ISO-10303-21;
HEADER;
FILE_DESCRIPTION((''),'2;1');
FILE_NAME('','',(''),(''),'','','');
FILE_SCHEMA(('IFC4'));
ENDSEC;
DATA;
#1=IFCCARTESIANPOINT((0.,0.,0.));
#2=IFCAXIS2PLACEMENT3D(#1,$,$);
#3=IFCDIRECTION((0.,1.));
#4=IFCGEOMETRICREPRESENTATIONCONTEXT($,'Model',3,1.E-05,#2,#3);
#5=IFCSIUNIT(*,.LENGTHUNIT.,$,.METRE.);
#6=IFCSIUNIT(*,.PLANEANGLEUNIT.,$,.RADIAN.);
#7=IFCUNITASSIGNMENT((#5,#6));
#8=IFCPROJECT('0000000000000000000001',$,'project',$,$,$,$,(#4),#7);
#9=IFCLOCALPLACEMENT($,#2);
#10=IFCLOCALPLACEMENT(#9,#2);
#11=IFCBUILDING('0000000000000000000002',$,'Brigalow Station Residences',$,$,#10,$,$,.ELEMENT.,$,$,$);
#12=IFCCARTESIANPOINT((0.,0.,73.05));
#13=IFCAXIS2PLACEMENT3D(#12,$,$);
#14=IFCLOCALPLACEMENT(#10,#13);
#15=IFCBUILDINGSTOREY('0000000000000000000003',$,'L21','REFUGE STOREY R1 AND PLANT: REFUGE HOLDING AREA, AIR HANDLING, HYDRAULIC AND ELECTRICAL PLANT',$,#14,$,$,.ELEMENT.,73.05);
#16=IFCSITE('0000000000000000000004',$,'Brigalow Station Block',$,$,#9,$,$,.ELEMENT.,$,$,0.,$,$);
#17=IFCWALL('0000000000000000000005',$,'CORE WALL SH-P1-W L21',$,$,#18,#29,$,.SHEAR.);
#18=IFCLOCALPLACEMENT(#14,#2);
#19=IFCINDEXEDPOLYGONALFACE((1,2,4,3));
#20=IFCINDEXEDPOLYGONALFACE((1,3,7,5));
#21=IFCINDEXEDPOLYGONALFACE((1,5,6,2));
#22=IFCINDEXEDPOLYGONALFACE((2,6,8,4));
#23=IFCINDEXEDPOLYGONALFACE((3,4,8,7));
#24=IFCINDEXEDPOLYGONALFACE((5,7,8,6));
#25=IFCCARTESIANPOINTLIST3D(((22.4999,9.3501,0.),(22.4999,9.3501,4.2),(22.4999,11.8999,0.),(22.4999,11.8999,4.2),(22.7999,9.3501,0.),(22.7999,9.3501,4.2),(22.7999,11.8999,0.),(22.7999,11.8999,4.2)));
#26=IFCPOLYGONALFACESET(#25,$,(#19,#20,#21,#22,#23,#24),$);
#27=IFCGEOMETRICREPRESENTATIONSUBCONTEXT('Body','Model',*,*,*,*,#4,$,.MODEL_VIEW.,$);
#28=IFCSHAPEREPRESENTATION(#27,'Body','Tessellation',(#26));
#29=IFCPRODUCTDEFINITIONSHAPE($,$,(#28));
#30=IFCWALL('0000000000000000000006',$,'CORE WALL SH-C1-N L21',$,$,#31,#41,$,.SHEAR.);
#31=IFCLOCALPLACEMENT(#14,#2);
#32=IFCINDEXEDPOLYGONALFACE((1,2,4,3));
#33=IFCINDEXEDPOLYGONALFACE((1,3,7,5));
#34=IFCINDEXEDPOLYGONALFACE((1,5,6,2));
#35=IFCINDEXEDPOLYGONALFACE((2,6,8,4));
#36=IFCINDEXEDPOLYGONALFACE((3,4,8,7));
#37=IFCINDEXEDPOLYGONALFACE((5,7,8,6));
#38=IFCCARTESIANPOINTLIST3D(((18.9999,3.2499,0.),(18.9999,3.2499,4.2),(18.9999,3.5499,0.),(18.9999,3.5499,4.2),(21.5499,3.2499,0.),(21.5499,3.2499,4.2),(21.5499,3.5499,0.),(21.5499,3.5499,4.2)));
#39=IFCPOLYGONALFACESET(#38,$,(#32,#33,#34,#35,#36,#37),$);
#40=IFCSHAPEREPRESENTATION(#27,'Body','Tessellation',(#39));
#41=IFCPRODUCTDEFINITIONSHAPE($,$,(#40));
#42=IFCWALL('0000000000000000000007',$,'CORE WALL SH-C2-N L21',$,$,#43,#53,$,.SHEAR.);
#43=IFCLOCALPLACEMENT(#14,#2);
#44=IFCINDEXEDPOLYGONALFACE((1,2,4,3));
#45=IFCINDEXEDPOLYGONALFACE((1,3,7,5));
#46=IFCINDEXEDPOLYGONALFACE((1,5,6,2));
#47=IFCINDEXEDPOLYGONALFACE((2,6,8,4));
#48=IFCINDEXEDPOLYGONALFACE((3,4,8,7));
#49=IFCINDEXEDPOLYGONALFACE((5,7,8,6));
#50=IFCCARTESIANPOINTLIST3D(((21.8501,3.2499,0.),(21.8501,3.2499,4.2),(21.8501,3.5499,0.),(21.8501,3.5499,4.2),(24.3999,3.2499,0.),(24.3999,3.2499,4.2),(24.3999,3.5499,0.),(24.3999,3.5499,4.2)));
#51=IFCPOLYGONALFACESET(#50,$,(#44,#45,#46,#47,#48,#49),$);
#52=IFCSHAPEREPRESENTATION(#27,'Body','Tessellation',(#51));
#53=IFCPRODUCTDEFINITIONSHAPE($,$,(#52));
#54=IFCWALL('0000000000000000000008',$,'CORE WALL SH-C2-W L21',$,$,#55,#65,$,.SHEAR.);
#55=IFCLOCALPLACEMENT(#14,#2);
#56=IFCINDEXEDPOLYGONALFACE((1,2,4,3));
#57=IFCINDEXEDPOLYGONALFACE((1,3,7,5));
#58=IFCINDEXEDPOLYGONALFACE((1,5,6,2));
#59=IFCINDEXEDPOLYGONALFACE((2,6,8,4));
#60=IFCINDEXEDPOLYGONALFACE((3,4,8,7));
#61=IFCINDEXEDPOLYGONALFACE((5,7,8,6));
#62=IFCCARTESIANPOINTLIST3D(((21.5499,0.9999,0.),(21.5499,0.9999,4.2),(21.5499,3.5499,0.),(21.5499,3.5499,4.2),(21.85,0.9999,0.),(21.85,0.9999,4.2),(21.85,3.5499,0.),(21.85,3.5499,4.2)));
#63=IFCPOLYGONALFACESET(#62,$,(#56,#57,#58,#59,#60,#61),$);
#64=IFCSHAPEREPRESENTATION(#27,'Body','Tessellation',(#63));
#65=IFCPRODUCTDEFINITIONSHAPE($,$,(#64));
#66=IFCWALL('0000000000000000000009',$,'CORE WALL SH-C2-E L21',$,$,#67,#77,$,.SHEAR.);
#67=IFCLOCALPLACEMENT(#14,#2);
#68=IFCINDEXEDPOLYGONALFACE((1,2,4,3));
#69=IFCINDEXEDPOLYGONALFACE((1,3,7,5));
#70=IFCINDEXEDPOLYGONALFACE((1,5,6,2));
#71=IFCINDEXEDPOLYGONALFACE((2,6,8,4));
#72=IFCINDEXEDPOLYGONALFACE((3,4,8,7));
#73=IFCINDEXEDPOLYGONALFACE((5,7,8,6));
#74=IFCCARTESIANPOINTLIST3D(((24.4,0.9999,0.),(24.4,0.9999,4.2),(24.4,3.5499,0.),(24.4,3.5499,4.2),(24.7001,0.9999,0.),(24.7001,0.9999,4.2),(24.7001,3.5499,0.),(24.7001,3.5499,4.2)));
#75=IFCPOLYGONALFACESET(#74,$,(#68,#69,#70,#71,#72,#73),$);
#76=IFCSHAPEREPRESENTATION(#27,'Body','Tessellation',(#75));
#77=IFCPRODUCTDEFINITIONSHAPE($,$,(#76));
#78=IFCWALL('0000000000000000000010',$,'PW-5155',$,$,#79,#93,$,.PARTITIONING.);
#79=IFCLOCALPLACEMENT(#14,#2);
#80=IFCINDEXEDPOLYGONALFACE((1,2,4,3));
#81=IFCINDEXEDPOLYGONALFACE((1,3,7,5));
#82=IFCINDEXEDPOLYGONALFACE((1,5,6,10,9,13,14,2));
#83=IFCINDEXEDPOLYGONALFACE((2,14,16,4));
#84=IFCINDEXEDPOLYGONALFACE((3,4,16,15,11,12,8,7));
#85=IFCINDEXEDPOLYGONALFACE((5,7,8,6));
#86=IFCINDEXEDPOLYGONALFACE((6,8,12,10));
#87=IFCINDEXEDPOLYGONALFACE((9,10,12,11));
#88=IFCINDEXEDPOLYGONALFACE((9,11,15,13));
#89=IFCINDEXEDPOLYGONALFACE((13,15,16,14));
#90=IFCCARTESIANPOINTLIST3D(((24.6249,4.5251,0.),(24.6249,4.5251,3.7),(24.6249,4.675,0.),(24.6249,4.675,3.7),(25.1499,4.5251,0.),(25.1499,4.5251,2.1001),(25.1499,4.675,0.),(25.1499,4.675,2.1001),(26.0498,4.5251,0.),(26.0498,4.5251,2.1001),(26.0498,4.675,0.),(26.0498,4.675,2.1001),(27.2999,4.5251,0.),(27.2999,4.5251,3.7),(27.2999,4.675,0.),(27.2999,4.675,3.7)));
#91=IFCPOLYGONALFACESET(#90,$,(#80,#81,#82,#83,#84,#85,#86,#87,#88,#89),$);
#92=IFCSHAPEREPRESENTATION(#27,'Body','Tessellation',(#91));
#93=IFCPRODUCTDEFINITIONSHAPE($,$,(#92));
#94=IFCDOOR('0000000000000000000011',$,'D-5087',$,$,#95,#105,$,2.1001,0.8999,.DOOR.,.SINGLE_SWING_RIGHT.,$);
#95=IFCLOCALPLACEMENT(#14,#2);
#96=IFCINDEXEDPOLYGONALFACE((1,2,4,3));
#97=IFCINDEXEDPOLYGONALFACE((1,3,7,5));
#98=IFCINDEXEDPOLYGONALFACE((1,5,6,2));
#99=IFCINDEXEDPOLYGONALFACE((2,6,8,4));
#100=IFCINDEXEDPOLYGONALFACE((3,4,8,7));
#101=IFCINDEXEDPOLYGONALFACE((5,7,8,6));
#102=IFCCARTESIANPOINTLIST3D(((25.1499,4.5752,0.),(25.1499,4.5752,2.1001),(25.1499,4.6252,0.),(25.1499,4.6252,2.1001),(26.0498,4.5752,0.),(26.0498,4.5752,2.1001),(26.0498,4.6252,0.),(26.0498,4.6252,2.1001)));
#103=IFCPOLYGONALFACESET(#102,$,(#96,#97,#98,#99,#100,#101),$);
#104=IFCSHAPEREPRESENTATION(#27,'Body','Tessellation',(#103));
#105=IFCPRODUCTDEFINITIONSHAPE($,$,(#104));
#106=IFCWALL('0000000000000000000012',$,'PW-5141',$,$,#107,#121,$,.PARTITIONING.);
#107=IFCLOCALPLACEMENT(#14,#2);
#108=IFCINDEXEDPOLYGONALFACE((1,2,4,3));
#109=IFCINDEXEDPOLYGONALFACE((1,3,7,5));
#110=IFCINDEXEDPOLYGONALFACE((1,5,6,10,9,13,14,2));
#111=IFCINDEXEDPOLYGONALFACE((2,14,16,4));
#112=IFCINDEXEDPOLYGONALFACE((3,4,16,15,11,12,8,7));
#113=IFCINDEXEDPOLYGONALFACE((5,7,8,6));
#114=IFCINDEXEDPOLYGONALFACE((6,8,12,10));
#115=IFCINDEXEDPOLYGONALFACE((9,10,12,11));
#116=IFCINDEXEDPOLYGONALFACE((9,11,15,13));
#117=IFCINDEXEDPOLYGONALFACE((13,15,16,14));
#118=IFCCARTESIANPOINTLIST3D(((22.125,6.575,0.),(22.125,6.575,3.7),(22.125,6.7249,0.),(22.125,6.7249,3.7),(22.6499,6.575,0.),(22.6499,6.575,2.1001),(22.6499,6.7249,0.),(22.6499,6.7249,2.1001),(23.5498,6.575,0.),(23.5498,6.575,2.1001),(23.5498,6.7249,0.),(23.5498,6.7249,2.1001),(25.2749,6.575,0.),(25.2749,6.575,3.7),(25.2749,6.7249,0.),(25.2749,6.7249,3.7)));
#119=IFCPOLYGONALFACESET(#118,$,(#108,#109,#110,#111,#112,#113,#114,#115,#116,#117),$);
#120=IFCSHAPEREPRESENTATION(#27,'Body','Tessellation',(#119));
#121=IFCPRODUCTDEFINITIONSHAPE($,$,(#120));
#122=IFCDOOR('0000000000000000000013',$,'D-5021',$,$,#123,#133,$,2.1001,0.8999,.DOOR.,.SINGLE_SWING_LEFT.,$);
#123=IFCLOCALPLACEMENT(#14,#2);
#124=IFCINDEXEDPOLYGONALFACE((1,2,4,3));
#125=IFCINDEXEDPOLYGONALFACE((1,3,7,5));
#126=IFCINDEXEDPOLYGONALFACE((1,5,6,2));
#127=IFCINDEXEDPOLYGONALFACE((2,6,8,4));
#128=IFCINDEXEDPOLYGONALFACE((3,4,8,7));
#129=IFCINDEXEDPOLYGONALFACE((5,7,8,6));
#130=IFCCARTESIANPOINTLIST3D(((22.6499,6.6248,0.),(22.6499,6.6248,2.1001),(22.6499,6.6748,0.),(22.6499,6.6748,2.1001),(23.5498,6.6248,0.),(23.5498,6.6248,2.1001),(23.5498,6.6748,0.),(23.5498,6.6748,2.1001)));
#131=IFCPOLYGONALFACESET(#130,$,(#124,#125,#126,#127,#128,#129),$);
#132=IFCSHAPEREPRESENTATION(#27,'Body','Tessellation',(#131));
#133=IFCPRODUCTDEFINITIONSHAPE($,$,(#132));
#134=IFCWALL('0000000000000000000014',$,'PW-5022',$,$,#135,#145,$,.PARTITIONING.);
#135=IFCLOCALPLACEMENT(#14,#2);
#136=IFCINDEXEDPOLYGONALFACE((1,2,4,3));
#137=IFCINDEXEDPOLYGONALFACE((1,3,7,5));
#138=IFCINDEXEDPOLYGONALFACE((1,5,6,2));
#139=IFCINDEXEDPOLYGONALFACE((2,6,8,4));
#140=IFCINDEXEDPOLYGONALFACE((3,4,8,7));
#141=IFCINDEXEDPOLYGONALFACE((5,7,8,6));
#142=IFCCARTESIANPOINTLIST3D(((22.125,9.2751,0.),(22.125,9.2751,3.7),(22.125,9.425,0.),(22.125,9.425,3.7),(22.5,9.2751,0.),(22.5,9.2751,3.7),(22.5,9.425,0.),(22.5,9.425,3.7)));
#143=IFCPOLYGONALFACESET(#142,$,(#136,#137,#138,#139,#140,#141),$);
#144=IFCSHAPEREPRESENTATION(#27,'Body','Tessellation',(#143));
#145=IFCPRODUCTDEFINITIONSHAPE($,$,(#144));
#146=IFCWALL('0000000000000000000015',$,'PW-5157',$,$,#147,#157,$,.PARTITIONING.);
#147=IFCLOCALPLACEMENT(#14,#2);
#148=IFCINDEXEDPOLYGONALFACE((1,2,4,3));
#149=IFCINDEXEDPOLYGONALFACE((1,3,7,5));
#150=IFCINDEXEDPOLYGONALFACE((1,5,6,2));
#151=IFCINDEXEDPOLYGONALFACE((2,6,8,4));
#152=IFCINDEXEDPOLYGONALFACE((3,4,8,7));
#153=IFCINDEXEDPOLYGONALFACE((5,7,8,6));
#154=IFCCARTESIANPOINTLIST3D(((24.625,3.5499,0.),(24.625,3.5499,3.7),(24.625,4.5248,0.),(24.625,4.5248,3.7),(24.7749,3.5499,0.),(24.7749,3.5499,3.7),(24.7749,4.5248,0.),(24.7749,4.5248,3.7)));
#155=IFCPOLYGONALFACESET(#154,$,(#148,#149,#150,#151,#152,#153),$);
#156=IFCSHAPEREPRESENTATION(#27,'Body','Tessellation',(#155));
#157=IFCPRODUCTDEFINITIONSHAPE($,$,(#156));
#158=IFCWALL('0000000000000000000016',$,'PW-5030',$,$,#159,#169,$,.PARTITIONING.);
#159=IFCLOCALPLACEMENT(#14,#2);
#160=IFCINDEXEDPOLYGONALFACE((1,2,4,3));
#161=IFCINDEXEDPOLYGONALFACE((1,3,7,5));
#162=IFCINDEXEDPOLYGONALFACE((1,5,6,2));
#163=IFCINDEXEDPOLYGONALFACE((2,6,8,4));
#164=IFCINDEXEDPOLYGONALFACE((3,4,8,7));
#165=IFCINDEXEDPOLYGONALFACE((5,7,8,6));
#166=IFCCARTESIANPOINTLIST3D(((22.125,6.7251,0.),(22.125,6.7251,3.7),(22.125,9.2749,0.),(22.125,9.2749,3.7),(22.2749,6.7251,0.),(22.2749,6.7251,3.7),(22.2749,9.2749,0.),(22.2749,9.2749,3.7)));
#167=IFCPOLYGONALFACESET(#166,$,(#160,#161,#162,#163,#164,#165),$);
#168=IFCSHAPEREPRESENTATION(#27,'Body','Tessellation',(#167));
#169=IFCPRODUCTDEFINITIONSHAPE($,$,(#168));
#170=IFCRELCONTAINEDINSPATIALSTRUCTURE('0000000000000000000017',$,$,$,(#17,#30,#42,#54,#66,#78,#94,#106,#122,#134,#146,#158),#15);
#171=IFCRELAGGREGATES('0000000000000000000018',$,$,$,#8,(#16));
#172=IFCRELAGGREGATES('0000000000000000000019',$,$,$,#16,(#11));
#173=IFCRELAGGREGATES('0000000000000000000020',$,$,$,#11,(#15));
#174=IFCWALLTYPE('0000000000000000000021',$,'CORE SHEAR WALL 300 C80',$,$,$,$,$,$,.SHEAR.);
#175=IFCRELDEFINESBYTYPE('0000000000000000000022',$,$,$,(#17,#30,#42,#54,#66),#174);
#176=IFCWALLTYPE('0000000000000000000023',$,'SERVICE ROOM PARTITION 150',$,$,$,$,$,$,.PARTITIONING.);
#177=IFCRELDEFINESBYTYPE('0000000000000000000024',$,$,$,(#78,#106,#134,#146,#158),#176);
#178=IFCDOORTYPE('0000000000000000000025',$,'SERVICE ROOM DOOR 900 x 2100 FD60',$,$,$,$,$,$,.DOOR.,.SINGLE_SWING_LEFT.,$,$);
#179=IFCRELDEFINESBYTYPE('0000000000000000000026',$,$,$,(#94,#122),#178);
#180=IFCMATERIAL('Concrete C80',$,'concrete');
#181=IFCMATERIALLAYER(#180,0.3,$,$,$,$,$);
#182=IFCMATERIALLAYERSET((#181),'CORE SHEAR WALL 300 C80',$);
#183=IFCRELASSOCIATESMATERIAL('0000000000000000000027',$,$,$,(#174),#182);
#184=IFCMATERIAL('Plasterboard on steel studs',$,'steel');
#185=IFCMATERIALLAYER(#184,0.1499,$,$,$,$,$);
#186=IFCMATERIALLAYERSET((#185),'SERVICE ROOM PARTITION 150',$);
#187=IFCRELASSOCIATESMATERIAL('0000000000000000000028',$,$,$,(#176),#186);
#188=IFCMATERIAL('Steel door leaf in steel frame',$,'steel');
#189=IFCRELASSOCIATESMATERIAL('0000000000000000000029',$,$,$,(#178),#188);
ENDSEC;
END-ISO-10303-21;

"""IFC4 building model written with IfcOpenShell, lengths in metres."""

from ifc_helpers import new_model, si_unit, direction, frame, frame_2d, origin, place, context, subcontext, project, spatial, rectangle, extrude, material, layer, layer_set, type_object, element, fill, save


model = new_model("IFC4")

# Units and contexts
model_context = context("Model", 3, precision=1e-05, world=origin(), true_north=direction((0.0, 1.0)))
body_context = subcontext(model_context, "Body", "Model", "MODEL_VIEW")
ifc_project = project(units=[si_unit("LENGTHUNIT", "METRE"), si_unit("PLANEANGLEUNIT", "RADIAN")], contexts=[model_context])

# Site, building, storey
site_placement = place(None, origin())
site = spatial("IfcSite", under=ifc_project, at=site_placement, Name="Brigalow Station Block", CompositionType="ELEMENT", RefElevation=0.0)
building_placement = place(site_placement, origin())
building = spatial("IfcBuilding", under=site, at=building_placement, Name="Brigalow Station Residences", CompositionType="ELEMENT")
storey_placement = place(building_placement, frame((0.0, 0.0, 73.05)))
storey = spatial("IfcBuildingStorey", under=building, at=storey_placement, Name="L21", Description="REFUGE STOREY R1 AND PLANT: REFUGE HOLDING AREA, AIR HANDLING, HYDRAULIC AND ELECTRICAL PLANT", CompositionType="ELEMENT", Elevation=73.05)

# Walls
ifc_material_1 = material(Name="Concrete C80", Category="concrete")
ifc_layer_1 = layer(ifc_material_1, 0.3)
ifc_layer_set_1 = layer_set([ifc_layer_1], Name="CORE SHEAR WALL 300 C80")
wall_type_1 = type_object("IfcWallType", Name="CORE SHEAR WALL 300 C80", PredefinedType="SHEAR", material=ifc_layer_set_1)
wall_1_placement = place(storey_placement, frame((22.6499, 9.3501, 0.0), z_axis=(0.0, 0.0, 1.0), x_axis=(0.0, 1.0, 0.0)))
element("IfcWall", 1, at=wall_1_placement, inside=storey, type_object=wall_type_1, Name="CORE WALL SH-P1-W L21", PredefinedType="SHEAR", context=body_context, shape_type="SweptSolid", body=[
    extrude(rectangle(XDim=2.5498, YDim=0.3, at=frame_2d((1.2749, 0.0))), origin(), (0.0, 0.0, 1.0), 4.2),
])
wall_2_placement = place(storey_placement, frame((19.0, 3.3999, 0.0), z_axis=(0.0, 0.0, 1.0), x_axis=(1.0, 0.0, 0.0)))
element("IfcWall", 2, at=wall_2_placement, inside=storey, type_object=wall_type_1, Name="CORE WALL SH-C1-N L21", PredefinedType="SHEAR", context=body_context, shape_type="SweptSolid", body=[
    extrude(rectangle(XDim=2.55, YDim=0.3, at=frame_2d((1.2749, 0.0))), origin(), (0.0, 0.0, 1.0), 4.2),
])
wall_3_placement = place(storey_placement, frame((21.8501, 3.3999, 0.0), z_axis=(0.0, 0.0, 1.0), x_axis=(1.0, 0.0, 0.0)))
element("IfcWall", 3, at=wall_3_placement, inside=storey, type_object=wall_type_1, Name="CORE WALL SH-C2-N L21", PredefinedType="SHEAR", context=body_context, shape_type="SweptSolid", body=[
    extrude(rectangle(XDim=2.5498, YDim=0.3, at=frame_2d((1.2749, 0.0))), origin(), (0.0, 0.0, 1.0), 4.2),
])
for number, where, z_axis, x_axis, name in (
    (4, (21.7, 1.0, 0.0), (0.0, 0.0, 1.0), (0.0, 1.0, 0.0), "CORE WALL SH-C2-W L21"),
    (5, (24.55, 1.0, 0.0), (0.0, 0.0, 1.0), (0.0, 1.0, 0.0), "CORE WALL SH-C2-E L21"),
):
    element("IfcWall", number, at=place(storey_placement, frame(where, z_axis=z_axis, x_axis=x_axis)), inside=storey, type_object=wall_type_1, Name=name, PredefinedType="SHEAR", context=body_context, shape_type="SweptSolid", body=[
        extrude(rectangle(XDim=2.55, YDim=0.3, at=frame_2d((1.2749, 0.0))), origin(), (0.0, 0.0, 1.0), 4.2),
    ])

# Walls, openings, doors
ifc_material_2 = material(Name="Plasterboard on steel studs", Category="steel")
ifc_layer_2 = layer(ifc_material_2, 0.1499)
ifc_layer_set_2 = layer_set([ifc_layer_2], Name="SERVICE ROOM PARTITION 150")
wall_type_2 = type_object("IfcWallType", Name="SERVICE ROOM PARTITION 150", PredefinedType="PARTITIONING", material=ifc_layer_set_2)
wall_4_placement = place(storey_placement, frame((24.625, 4.6001, 0.0), z_axis=(0.0, 0.0, 1.0), x_axis=(1.0, 0.0, 0.0)))
wall_4 = element("IfcWall", 6, at=wall_4_placement, inside=storey, type_object=wall_type_2, Name="PW-5155", PredefinedType="PARTITIONING", context=body_context, shape_type="SweptSolid", body=[
    extrude(rectangle(XDim=2.675, YDim=0.1499, at=frame_2d((1.3374, 0.0))), origin(), (0.0, 0.0, 1.0), 3.7),
])
opening_1_placement = place(wall_4_placement, frame((0.5249, 0.0, 0.0)))
opening_1 = element("IfcOpeningElement", 7, at=opening_1_placement, cuts=wall_4, PredefinedType="OPENING", context=body_context, shape_type="SweptSolid", body=[
    extrude(rectangle(XDim=0.8999, YDim=2.1001, at=frame_2d((0.45, 1.05))), frame((0.0, 0.085, 0.0), z_axis=(0.0, -1.0, 0.0), x_axis=(1.0, 0.0, 0.0)), (0.0, 0.0, 1.0), 0.1699),
])
ifc_material_3 = material(Name="Steel door leaf in steel frame", Category="steel")
door_type = type_object("IfcDoorType", Name="SERVICE ROOM DOOR 900 x 2100 FD60", OperationType="SINGLE_SWING_LEFT", PredefinedType="DOOR", material=ifc_material_3)
door_1_placement = place(opening_1_placement, frame((0.8999, 0.0, 0.0), z_axis=(0.0, 0.0, 1.0), x_axis=(-1.0, 0.0, 0.0)))
door_1 = element("IfcDoor", 8, at=door_1_placement, inside=storey, type_object=door_type, Name="D-5087", OperationType="SINGLE_SWING_RIGHT", OverallHeight=2.1001, OverallWidth=0.8999, PredefinedType="DOOR", context=body_context, shape_type="SweptSolid", body=[
    extrude(rectangle(XDim=0.8999, YDim=2.1001, at=frame_2d((0.45, 1.05))), frame((0.0, 0.0249, 0.0), z_axis=(0.0, -1.0, 0.0), x_axis=(1.0, 0.0, 0.0)), (0.0, 0.0, 1.0), 0.05),
])
fill(opening_1, door_1)
wall_5_placement = place(storey_placement, frame((22.125, 6.6499, 0.0), z_axis=(0.0, 0.0, 1.0), x_axis=(1.0, 0.0, 0.0)))
wall_5 = element("IfcWall", 9, at=wall_5_placement, inside=storey, type_object=wall_type_2, Name="PW-5141", PredefinedType="PARTITIONING", context=body_context, shape_type="SweptSolid", body=[
    extrude(rectangle(XDim=3.1499, YDim=0.1499, at=frame_2d((1.575, 0.0))), origin(), (0.0, 0.0, 1.0), 3.7),
])
opening_2_placement = place(wall_5_placement, frame((0.5249, 0.0, 0.0)))
opening_2 = element("IfcOpeningElement", 10, at=opening_2_placement, cuts=wall_5, PredefinedType="OPENING", context=body_context, shape_type="SweptSolid", body=[
    extrude(rectangle(XDim=0.8999, YDim=2.1001, at=frame_2d((0.45, 1.05))), frame((0.0, 0.085, 0.0), z_axis=(0.0, -1.0, 0.0), x_axis=(1.0, 0.0, 0.0)), (0.0, 0.0, 1.0), 0.1699),
])
door_2_placement = place(opening_2_placement, origin())
door_2 = element("IfcDoor", 11, at=door_2_placement, inside=storey, type_object=door_type, Name="D-5021", OperationType="SINGLE_SWING_LEFT", OverallHeight=2.1001, OverallWidth=0.8999, PredefinedType="DOOR", context=body_context, shape_type="SweptSolid", body=[
    extrude(rectangle(XDim=0.8999, YDim=2.1001, at=frame_2d((0.45, 1.05))), frame((0.0, 0.0249, 0.0), z_axis=(0.0, -1.0, 0.0), x_axis=(1.0, 0.0, 0.0)), (0.0, 0.0, 1.0), 0.05),
])
fill(opening_2, door_2)

# Walls
wall_6_placement = place(storey_placement, frame((22.125, 9.3501, 0.0), z_axis=(0.0, 0.0, 1.0), x_axis=(1.0, 0.0, 0.0)))
element("IfcWall", 12, at=wall_6_placement, inside=storey, type_object=wall_type_2, Name="PW-5022", PredefinedType="PARTITIONING", context=body_context, shape_type="SweptSolid", body=[
    extrude(rectangle(XDim=0.375, YDim=0.1499, at=frame_2d((0.1875, 0.0))), origin(), (0.0, 0.0, 1.0), 3.7),
])
wall_7_placement = place(storey_placement, frame((24.7, 3.55, 0.0), z_axis=(0.0, 0.0, 1.0), x_axis=(0.0, 1.0, 0.0)))
element("IfcWall", 13, at=wall_7_placement, inside=storey, type_object=wall_type_2, Name="PW-5157", PredefinedType="PARTITIONING", context=body_context, shape_type="SweptSolid", body=[
    extrude(rectangle(XDim=0.9749, YDim=0.1499, at=frame_2d((0.4873, 0.0))), origin(), (0.0, 0.0, 1.0), 3.7),
])
wall_8_placement = place(storey_placement, frame((22.2, 6.7251, 0.0), z_axis=(0.0, 0.0, 1.0), x_axis=(0.0, 1.0, 0.0)))
element("IfcWall", 14, at=wall_8_placement, inside=storey, type_object=wall_type_2, Name="PW-5030", PredefinedType="PARTITIONING", context=body_context, shape_type="SweptSolid", body=[
    extrude(rectangle(XDim=2.5498, YDim=0.1499, at=frame_2d((1.2749, 0.0))), origin(), (0.0, 0.0, 1.0), 3.7),
])

save(model, "model.ifc")
